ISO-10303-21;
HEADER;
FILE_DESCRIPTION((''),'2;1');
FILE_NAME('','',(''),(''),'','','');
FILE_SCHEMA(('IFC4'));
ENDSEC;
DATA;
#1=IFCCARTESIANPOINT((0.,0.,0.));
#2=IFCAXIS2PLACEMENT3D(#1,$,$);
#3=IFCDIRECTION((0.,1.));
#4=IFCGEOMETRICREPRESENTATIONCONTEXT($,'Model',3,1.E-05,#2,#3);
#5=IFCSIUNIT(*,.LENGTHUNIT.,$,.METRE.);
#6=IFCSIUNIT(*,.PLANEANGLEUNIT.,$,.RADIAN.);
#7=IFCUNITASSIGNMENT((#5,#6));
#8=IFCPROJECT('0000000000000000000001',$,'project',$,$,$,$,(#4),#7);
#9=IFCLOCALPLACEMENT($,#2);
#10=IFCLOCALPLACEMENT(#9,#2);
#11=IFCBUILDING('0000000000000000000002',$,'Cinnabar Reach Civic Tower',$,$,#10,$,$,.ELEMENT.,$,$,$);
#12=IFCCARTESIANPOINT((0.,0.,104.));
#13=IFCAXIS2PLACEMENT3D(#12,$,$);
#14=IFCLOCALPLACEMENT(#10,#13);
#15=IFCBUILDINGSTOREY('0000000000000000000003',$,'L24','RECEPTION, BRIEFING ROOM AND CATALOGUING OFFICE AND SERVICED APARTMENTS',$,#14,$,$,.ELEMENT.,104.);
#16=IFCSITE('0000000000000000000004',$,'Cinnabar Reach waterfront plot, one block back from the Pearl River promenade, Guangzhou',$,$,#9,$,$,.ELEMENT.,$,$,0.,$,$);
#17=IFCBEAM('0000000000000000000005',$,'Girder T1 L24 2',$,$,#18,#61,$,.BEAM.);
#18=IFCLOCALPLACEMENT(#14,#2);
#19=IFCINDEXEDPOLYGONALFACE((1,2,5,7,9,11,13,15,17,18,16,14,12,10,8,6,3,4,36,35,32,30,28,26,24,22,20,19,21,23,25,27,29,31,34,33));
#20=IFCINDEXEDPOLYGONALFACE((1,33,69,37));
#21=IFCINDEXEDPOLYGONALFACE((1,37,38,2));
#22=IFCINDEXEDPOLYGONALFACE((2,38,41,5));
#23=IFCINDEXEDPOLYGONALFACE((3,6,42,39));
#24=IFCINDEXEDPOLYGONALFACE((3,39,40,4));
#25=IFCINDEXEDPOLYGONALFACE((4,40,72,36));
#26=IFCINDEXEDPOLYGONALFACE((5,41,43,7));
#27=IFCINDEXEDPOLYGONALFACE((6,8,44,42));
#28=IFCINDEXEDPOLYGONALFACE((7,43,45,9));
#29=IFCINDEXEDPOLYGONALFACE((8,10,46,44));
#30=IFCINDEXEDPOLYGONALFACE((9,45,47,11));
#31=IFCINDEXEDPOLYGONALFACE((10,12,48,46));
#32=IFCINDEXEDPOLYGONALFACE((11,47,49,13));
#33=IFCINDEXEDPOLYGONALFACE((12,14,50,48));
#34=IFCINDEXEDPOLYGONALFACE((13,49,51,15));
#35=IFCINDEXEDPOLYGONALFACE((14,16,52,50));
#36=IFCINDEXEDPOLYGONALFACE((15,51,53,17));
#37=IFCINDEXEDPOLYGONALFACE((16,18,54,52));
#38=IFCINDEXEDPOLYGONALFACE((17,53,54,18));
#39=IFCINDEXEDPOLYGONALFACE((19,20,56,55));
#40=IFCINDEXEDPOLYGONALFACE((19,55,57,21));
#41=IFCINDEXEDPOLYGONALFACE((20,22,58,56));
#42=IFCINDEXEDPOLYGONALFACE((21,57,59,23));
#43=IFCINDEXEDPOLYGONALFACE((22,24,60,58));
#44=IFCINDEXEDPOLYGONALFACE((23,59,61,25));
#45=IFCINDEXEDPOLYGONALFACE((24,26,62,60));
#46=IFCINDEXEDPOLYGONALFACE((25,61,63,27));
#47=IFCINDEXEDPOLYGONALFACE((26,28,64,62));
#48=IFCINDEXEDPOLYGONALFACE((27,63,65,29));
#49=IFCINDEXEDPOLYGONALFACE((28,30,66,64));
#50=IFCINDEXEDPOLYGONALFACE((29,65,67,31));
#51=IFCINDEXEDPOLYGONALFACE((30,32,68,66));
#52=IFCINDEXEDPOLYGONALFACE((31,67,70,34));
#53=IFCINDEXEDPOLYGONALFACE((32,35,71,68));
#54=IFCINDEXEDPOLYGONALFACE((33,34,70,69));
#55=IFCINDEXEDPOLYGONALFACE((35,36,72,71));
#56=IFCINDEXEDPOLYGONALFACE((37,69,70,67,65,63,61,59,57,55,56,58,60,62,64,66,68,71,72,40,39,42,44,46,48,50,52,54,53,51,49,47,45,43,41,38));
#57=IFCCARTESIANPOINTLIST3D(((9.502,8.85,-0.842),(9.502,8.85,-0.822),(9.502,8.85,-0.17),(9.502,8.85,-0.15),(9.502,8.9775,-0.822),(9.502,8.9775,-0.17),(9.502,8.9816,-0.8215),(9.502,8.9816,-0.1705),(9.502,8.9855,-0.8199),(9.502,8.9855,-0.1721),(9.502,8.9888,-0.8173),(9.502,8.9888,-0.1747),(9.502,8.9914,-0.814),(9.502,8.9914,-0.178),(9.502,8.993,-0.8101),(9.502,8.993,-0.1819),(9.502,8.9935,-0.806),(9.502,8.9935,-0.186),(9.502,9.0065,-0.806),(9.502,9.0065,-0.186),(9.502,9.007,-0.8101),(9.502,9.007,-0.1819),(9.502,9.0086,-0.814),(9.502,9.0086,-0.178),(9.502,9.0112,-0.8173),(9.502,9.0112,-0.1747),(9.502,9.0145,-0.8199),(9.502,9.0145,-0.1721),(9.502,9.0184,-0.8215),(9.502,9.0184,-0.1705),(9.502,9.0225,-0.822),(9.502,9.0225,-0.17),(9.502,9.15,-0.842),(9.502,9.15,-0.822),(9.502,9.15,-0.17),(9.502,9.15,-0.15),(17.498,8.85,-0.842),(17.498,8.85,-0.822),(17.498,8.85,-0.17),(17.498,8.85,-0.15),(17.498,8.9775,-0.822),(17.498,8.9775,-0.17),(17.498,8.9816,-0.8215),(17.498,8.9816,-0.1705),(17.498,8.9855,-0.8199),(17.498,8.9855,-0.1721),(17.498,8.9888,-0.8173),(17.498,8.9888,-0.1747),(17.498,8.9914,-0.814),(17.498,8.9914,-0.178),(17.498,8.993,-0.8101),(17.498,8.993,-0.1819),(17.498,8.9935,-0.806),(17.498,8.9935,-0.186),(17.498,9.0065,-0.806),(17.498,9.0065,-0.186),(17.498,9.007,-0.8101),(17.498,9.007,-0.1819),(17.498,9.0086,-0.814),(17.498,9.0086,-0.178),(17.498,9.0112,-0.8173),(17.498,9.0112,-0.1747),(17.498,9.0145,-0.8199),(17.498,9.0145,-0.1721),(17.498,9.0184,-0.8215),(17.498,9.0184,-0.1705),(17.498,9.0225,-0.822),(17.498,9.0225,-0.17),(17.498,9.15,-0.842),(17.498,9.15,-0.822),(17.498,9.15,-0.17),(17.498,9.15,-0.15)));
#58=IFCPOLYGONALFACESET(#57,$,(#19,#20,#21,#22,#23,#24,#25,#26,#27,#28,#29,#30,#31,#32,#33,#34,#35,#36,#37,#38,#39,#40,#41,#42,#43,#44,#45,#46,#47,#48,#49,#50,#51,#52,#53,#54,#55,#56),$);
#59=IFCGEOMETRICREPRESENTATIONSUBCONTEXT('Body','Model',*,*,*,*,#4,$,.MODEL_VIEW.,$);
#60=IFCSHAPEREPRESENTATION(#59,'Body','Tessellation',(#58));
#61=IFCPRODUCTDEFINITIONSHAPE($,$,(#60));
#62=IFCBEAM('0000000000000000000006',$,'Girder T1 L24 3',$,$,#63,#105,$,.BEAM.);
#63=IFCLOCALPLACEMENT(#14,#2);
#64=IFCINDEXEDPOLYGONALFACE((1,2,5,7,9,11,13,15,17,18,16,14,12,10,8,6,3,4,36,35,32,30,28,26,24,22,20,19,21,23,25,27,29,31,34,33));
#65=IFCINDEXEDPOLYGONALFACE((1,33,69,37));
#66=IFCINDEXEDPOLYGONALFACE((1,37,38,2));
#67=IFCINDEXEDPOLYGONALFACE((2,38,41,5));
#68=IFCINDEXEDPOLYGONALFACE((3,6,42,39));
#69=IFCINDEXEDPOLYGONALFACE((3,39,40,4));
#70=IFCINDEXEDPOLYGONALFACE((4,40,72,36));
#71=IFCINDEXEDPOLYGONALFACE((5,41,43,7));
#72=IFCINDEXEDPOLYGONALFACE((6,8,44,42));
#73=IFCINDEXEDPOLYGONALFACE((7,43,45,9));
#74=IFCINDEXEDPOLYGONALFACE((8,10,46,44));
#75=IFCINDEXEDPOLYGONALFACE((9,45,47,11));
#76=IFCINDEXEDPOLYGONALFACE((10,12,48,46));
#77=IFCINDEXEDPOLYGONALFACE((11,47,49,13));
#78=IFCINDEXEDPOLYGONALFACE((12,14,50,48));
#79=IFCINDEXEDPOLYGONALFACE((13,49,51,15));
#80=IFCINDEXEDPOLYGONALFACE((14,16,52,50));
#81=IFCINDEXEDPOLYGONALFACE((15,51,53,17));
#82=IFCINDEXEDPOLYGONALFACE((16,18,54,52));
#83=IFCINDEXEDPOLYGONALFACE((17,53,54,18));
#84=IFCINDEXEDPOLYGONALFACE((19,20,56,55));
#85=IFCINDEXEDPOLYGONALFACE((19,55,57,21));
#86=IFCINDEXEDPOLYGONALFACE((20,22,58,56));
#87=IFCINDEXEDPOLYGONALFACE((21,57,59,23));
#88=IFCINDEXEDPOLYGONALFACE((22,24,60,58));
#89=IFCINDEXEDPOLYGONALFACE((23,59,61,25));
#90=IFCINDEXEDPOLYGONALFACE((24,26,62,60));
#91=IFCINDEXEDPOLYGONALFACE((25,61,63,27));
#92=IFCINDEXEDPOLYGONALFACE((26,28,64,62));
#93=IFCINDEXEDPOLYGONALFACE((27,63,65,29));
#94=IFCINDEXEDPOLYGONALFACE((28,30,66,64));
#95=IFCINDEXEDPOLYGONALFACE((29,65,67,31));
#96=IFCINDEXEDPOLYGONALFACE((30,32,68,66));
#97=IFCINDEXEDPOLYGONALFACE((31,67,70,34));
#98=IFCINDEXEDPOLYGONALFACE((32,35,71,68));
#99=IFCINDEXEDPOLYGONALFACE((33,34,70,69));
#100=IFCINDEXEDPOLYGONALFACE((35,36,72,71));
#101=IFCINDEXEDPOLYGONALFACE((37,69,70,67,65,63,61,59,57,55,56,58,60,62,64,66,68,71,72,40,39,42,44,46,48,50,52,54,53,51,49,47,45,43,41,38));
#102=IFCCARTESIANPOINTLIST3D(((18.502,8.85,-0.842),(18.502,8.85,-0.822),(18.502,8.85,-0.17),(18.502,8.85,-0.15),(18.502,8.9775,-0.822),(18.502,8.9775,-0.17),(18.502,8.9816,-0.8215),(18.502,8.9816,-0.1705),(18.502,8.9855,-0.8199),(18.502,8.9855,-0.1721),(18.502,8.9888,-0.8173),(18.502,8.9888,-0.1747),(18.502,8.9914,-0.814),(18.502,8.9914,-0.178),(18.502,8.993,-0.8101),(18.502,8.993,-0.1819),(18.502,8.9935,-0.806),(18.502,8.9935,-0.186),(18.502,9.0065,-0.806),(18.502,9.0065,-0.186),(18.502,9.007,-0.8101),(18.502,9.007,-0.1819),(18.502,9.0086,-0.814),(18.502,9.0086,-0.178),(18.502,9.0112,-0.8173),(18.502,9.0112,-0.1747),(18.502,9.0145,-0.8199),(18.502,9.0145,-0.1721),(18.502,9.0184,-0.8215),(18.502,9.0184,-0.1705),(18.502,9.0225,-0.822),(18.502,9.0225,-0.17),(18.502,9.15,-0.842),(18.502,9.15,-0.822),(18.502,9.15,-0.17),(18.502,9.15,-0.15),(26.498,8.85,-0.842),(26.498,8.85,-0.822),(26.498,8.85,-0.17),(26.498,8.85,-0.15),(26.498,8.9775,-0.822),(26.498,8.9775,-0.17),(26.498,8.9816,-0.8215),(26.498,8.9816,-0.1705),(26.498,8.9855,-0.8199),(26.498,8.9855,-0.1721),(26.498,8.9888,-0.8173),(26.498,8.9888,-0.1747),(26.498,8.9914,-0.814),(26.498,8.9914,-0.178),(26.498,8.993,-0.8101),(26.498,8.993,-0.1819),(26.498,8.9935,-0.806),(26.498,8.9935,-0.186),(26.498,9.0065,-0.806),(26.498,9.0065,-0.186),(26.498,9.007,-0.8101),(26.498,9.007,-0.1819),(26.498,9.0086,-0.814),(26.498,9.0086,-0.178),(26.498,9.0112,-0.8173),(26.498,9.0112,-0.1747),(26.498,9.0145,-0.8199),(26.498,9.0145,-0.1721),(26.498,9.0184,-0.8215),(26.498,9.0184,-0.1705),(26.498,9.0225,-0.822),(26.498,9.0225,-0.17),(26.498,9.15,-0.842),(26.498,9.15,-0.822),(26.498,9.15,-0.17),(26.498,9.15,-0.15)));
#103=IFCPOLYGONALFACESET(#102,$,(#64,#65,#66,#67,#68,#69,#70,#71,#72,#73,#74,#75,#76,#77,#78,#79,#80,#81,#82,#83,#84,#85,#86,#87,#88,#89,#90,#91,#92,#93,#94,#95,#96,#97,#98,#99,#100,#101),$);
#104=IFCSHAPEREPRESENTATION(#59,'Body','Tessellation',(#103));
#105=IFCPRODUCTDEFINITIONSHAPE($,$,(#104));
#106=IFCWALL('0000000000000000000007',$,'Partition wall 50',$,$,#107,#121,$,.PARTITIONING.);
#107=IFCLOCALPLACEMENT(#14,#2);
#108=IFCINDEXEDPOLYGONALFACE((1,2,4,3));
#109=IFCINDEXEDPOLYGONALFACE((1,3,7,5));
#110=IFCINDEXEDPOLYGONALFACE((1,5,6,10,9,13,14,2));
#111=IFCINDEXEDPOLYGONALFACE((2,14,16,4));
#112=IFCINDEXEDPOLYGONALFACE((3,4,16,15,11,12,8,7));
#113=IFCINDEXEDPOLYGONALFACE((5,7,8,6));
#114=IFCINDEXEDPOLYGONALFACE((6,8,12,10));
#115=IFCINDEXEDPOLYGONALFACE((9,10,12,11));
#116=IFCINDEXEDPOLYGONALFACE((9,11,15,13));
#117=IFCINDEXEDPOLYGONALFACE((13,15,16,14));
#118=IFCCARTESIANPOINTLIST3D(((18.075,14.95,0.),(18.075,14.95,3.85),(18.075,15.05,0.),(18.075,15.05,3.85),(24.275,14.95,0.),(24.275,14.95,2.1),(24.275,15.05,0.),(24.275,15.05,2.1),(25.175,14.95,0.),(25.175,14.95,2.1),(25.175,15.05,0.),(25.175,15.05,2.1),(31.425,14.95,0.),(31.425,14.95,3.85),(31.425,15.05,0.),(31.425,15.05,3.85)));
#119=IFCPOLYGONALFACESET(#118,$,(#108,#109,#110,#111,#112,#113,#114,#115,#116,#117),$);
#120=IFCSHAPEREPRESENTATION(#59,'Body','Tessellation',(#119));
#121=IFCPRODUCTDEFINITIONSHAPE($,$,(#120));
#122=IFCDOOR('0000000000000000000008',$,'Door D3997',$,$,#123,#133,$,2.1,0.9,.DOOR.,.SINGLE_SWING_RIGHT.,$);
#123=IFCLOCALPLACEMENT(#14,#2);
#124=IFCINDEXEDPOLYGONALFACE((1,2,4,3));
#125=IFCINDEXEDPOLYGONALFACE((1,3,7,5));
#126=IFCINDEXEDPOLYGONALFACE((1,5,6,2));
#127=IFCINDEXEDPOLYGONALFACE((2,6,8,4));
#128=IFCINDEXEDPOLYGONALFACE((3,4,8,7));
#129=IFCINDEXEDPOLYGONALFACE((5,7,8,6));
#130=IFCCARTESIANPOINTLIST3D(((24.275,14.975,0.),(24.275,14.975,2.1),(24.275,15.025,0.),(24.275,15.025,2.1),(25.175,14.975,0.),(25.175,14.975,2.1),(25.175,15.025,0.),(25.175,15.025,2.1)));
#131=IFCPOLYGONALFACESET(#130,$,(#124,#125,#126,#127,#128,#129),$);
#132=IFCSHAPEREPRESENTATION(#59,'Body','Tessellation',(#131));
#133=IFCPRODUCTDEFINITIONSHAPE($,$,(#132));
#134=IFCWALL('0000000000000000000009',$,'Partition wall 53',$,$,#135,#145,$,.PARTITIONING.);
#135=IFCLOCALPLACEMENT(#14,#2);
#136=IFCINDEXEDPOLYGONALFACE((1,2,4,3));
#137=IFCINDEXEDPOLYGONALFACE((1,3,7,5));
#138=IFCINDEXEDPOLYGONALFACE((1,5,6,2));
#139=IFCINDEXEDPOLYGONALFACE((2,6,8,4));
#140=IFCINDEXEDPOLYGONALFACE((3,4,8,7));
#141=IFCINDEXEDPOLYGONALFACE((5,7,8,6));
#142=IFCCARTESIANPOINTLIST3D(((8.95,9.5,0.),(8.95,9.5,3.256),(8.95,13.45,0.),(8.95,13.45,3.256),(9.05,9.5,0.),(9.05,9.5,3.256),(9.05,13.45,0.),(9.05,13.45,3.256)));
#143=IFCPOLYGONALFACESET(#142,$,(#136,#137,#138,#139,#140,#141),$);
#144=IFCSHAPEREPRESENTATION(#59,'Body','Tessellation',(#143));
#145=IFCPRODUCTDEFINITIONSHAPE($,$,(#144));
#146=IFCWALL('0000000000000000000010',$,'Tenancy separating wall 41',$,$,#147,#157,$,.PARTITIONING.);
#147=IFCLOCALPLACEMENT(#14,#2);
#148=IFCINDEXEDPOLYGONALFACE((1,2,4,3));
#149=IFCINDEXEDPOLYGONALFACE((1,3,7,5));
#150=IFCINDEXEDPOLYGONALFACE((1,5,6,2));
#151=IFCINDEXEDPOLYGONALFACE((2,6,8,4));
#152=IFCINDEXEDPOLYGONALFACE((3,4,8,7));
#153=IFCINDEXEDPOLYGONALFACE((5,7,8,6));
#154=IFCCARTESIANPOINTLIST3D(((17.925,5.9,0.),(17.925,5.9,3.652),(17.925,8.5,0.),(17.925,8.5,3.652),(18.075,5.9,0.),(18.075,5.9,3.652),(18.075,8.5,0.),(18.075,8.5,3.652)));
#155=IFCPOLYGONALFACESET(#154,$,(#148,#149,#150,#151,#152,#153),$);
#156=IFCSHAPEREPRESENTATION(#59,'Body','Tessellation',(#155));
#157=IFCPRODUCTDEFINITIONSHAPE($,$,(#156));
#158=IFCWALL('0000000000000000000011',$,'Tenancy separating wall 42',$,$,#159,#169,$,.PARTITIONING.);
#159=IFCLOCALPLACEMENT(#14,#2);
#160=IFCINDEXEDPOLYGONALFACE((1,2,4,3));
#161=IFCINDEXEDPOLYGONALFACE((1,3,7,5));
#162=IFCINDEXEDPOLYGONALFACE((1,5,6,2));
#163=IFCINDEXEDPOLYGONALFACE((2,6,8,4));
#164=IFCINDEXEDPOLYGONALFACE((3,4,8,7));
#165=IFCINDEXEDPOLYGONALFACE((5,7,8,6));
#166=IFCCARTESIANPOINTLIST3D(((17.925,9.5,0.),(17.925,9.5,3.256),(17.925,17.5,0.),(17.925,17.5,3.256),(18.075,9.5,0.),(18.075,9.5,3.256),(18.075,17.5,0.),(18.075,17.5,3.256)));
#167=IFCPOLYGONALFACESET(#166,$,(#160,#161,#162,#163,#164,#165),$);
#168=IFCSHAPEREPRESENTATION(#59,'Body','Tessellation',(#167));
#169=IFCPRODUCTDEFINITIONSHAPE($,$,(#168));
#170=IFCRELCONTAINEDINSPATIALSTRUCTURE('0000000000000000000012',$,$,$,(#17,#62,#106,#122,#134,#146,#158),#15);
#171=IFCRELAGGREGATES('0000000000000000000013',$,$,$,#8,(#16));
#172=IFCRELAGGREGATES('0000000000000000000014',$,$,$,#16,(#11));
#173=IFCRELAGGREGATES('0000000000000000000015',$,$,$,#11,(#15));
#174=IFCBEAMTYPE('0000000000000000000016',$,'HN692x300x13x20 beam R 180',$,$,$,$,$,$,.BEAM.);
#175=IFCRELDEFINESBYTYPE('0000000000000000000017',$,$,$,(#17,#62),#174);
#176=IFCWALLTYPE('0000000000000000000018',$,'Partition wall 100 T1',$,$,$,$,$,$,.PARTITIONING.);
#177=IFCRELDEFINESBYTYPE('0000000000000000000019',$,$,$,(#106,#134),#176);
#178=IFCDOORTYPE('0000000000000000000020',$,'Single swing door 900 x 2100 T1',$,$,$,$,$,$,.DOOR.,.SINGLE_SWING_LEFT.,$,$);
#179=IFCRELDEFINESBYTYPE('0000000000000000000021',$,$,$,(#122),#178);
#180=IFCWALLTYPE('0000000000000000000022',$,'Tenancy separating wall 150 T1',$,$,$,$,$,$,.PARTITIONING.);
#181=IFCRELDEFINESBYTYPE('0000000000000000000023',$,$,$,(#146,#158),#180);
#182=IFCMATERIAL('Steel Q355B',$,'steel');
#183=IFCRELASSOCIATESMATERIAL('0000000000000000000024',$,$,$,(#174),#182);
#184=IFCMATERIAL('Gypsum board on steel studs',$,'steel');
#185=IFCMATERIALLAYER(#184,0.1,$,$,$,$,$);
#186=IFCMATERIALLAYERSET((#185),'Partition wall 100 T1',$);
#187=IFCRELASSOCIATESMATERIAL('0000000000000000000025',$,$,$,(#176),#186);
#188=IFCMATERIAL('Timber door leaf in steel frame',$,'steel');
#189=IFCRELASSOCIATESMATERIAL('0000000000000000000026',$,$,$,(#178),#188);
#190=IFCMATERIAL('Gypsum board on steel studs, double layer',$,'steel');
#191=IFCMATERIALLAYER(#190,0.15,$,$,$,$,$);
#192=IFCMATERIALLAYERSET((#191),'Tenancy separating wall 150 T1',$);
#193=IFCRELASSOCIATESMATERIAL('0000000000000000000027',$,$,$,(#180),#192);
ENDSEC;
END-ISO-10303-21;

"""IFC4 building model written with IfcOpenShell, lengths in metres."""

from ifc_helpers import new_model, si_unit, direction, frame, frame_2d, origin, origin_2d, place, context, subcontext, project, spatial, rectangle, i_section, extrude, material, layer, layer_set, material_profile, profile_set, type_object, element, fill, save


model = new_model("IFC4")

# Units and contexts
model_context = context("Model", 3, precision=1e-05, world=origin(), true_north=direction((0.0, 1.0)))
body_context = subcontext(model_context, "Body", "Model", "MODEL_VIEW")
ifc_project = project(units=[si_unit("LENGTHUNIT", "METRE"), si_unit("PLANEANGLEUNIT", "RADIAN")], contexts=[model_context])

# Site, building, storey
site_placement = place(None, origin())
site = spatial("IfcSite", under=ifc_project, at=site_placement, Name="Cinnabar Reach waterfront plot, one block back from the Pearl River promenade, Guangzhou", CompositionType="ELEMENT", RefElevation=0.0)
building_placement = place(site_placement, origin())
building = spatial("IfcBuilding", under=site, at=building_placement, Name="Cinnabar Reach Civic Tower", CompositionType="ELEMENT")
storey_placement = place(building_placement, frame((0.0, 0.0, 104.0)))
storey = spatial("IfcBuildingStorey", under=building, at=storey_placement, Name="L24", Description="RECEPTION, BRIEFING ROOM AND CATALOGUING OFFICE AND SERVICED APARTMENTS", CompositionType="ELEMENT", Elevation=104.0)

# Beams
ifc_material_1 = material(Name="Steel Q355B", Category="steel")
ifc_material_profile_1 = material_profile(ifc_material_1, i_section(OverallWidth=0.3, OverallDepth=0.692, WebThickness=0.013, FlangeThickness=0.02, FilletRadius=0.016, at=origin_2d()), Name="HN692x300x13x20")
ifc_profile_set_1 = profile_set([ifc_material_profile_1], Name="Steel Q355B")
beam_type_1 = type_object("IfcBeamType", Name="HN692x300x13x20 beam R 180", PredefinedType="BEAM", material=ifc_profile_set_1)
for number, where, z_axis, x_axis, name in (
    (1, (9.502, 9.0, -0.496), (1.0, 0.0, 0.0), (0.0, 1.0, 0.0), "Girder T1 L24 2"),
    (2, (18.502, 9.0, -0.496), (1.0, 0.0, 0.0), (0.0, 1.0, 0.0), "Girder T1 L24 3"),
):
    element("IfcBeam", number, at=place(storey_placement, frame(where, z_axis=z_axis, x_axis=x_axis)), inside=storey, type_object=beam_type_1, Name=name, PredefinedType="BEAM", context=body_context, shape_type="SweptSolid", body=[
        extrude(i_section(OverallWidth=0.3, OverallDepth=0.692, WebThickness=0.013, FlangeThickness=0.02, FilletRadius=0.016, at=origin_2d()), origin(), (0.0, 0.0, 1.0), 7.996),
    ])

# Wall, opening, door
ifc_material_2 = material(Name="Gypsum board on steel studs", Category="steel")
ifc_layer_1 = layer(ifc_material_2, 0.1)
ifc_layer_set_1 = layer_set([ifc_layer_1], Name="Partition wall 100 T1")
wall_type_1 = type_object("IfcWallType", Name="Partition wall 100 T1", PredefinedType="PARTITIONING", material=ifc_layer_set_1)
wall_1_placement = place(storey_placement, frame((18.075, 15.0, 0.0), z_axis=(0.0, 0.0, 1.0), x_axis=(1.0, 0.0, 0.0)))
wall_1 = element("IfcWall", 3, at=wall_1_placement, inside=storey, type_object=wall_type_1, Name="Partition wall 50", PredefinedType="PARTITIONING", context=body_context, shape_type="SweptSolid", body=[
    extrude(rectangle(XDim=13.35, YDim=0.1, at=frame_2d((6.675, 0.0))), origin(), (0.0, 0.0, 1.0), 3.85),
])
opening_placement = place(wall_1_placement, frame((6.2, 0.0, 0.0)))
opening = element("IfcOpeningElement", 4, at=opening_placement, cuts=wall_1, PredefinedType="OPENING", context=body_context, shape_type="SweptSolid", body=[
    extrude(rectangle(XDim=0.9, YDim=2.1, at=frame_2d((0.45, 1.05))), frame((0.0, 0.06, 0.0), z_axis=(0.0, -1.0, 0.0), x_axis=(1.0, 0.0, 0.0)), (0.0, 0.0, 1.0), 0.12),
])
ifc_material_3 = material(Name="Timber door leaf in steel frame", Category="steel")
door_type = type_object("IfcDoorType", Name="Single swing door 900 x 2100 T1", OperationType="SINGLE_SWING_LEFT", PredefinedType="DOOR", material=ifc_material_3)
door_placement = place(opening_placement, origin())
door = element("IfcDoor", 5, at=door_placement, inside=storey, type_object=door_type, Name="Door D3997", OperationType="SINGLE_SWING_RIGHT", OverallHeight=2.1, OverallWidth=0.9, PredefinedType="DOOR", context=body_context, shape_type="SweptSolid", body=[
    extrude(rectangle(XDim=0.9, YDim=2.1, at=frame_2d((0.45, 1.05))), frame((0.0, 0.025, 0.0), z_axis=(0.0, -1.0, 0.0), x_axis=(1.0, 0.0, 0.0)), (0.0, 0.0, 1.0), 0.05),
])
fill(opening, door)

# Walls
wall_2_placement = place(storey_placement, frame((9.0, 9.5, 0.0), z_axis=(0.0, 0.0, 1.0), x_axis=(0.0, 1.0, 0.0)))
element("IfcWall", 6, at=wall_2_placement, inside=storey, type_object=wall_type_1, Name="Partition wall 53", PredefinedType="PARTITIONING", context=body_context, shape_type="SweptSolid", body=[
    extrude(rectangle(XDim=3.95, YDim=0.1, at=frame_2d((1.975, 0.0))), origin(), (0.0, 0.0, 1.0), 3.256),
])
ifc_material_4 = material(Name="Gypsum board on steel studs, double layer", Category="steel")
ifc_layer_2 = layer(ifc_material_4, 0.15)
ifc_layer_set_2 = layer_set([ifc_layer_2], Name="Tenancy separating wall 150 T1")
wall_type_2 = type_object("IfcWallType", Name="Tenancy separating wall 150 T1", PredefinedType="PARTITIONING", material=ifc_layer_set_2)
wall_3_placement = place(storey_placement, frame((18.0, 5.9, 0.0), z_axis=(0.0, 0.0, 1.0), x_axis=(0.0, 1.0, 0.0)))
element("IfcWall", 7, at=wall_3_placement, inside=storey, type_object=wall_type_2, Name="Tenancy separating wall 41", PredefinedType="PARTITIONING", context=body_context, shape_type="SweptSolid", body=[
    extrude(rectangle(XDim=2.6, YDim=0.15, at=frame_2d((1.3, 0.0))), origin(), (0.0, 0.0, 1.0), 3.652),
])
wall_4_placement = place(storey_placement, frame((18.0, 9.5, 0.0), z_axis=(0.0, 0.0, 1.0), x_axis=(0.0, 1.0, 0.0)))
element("IfcWall", 8, at=wall_4_placement, inside=storey, type_object=wall_type_2, Name="Tenancy separating wall 42", PredefinedType="PARTITIONING", context=body_context, shape_type="SweptSolid", body=[
    extrude(rectangle(XDim=8.0, YDim=0.15, at=frame_2d((4.0, 0.0))), origin(), (0.0, 0.0, 1.0), 3.256),
])

save(model, "model.ifc")
